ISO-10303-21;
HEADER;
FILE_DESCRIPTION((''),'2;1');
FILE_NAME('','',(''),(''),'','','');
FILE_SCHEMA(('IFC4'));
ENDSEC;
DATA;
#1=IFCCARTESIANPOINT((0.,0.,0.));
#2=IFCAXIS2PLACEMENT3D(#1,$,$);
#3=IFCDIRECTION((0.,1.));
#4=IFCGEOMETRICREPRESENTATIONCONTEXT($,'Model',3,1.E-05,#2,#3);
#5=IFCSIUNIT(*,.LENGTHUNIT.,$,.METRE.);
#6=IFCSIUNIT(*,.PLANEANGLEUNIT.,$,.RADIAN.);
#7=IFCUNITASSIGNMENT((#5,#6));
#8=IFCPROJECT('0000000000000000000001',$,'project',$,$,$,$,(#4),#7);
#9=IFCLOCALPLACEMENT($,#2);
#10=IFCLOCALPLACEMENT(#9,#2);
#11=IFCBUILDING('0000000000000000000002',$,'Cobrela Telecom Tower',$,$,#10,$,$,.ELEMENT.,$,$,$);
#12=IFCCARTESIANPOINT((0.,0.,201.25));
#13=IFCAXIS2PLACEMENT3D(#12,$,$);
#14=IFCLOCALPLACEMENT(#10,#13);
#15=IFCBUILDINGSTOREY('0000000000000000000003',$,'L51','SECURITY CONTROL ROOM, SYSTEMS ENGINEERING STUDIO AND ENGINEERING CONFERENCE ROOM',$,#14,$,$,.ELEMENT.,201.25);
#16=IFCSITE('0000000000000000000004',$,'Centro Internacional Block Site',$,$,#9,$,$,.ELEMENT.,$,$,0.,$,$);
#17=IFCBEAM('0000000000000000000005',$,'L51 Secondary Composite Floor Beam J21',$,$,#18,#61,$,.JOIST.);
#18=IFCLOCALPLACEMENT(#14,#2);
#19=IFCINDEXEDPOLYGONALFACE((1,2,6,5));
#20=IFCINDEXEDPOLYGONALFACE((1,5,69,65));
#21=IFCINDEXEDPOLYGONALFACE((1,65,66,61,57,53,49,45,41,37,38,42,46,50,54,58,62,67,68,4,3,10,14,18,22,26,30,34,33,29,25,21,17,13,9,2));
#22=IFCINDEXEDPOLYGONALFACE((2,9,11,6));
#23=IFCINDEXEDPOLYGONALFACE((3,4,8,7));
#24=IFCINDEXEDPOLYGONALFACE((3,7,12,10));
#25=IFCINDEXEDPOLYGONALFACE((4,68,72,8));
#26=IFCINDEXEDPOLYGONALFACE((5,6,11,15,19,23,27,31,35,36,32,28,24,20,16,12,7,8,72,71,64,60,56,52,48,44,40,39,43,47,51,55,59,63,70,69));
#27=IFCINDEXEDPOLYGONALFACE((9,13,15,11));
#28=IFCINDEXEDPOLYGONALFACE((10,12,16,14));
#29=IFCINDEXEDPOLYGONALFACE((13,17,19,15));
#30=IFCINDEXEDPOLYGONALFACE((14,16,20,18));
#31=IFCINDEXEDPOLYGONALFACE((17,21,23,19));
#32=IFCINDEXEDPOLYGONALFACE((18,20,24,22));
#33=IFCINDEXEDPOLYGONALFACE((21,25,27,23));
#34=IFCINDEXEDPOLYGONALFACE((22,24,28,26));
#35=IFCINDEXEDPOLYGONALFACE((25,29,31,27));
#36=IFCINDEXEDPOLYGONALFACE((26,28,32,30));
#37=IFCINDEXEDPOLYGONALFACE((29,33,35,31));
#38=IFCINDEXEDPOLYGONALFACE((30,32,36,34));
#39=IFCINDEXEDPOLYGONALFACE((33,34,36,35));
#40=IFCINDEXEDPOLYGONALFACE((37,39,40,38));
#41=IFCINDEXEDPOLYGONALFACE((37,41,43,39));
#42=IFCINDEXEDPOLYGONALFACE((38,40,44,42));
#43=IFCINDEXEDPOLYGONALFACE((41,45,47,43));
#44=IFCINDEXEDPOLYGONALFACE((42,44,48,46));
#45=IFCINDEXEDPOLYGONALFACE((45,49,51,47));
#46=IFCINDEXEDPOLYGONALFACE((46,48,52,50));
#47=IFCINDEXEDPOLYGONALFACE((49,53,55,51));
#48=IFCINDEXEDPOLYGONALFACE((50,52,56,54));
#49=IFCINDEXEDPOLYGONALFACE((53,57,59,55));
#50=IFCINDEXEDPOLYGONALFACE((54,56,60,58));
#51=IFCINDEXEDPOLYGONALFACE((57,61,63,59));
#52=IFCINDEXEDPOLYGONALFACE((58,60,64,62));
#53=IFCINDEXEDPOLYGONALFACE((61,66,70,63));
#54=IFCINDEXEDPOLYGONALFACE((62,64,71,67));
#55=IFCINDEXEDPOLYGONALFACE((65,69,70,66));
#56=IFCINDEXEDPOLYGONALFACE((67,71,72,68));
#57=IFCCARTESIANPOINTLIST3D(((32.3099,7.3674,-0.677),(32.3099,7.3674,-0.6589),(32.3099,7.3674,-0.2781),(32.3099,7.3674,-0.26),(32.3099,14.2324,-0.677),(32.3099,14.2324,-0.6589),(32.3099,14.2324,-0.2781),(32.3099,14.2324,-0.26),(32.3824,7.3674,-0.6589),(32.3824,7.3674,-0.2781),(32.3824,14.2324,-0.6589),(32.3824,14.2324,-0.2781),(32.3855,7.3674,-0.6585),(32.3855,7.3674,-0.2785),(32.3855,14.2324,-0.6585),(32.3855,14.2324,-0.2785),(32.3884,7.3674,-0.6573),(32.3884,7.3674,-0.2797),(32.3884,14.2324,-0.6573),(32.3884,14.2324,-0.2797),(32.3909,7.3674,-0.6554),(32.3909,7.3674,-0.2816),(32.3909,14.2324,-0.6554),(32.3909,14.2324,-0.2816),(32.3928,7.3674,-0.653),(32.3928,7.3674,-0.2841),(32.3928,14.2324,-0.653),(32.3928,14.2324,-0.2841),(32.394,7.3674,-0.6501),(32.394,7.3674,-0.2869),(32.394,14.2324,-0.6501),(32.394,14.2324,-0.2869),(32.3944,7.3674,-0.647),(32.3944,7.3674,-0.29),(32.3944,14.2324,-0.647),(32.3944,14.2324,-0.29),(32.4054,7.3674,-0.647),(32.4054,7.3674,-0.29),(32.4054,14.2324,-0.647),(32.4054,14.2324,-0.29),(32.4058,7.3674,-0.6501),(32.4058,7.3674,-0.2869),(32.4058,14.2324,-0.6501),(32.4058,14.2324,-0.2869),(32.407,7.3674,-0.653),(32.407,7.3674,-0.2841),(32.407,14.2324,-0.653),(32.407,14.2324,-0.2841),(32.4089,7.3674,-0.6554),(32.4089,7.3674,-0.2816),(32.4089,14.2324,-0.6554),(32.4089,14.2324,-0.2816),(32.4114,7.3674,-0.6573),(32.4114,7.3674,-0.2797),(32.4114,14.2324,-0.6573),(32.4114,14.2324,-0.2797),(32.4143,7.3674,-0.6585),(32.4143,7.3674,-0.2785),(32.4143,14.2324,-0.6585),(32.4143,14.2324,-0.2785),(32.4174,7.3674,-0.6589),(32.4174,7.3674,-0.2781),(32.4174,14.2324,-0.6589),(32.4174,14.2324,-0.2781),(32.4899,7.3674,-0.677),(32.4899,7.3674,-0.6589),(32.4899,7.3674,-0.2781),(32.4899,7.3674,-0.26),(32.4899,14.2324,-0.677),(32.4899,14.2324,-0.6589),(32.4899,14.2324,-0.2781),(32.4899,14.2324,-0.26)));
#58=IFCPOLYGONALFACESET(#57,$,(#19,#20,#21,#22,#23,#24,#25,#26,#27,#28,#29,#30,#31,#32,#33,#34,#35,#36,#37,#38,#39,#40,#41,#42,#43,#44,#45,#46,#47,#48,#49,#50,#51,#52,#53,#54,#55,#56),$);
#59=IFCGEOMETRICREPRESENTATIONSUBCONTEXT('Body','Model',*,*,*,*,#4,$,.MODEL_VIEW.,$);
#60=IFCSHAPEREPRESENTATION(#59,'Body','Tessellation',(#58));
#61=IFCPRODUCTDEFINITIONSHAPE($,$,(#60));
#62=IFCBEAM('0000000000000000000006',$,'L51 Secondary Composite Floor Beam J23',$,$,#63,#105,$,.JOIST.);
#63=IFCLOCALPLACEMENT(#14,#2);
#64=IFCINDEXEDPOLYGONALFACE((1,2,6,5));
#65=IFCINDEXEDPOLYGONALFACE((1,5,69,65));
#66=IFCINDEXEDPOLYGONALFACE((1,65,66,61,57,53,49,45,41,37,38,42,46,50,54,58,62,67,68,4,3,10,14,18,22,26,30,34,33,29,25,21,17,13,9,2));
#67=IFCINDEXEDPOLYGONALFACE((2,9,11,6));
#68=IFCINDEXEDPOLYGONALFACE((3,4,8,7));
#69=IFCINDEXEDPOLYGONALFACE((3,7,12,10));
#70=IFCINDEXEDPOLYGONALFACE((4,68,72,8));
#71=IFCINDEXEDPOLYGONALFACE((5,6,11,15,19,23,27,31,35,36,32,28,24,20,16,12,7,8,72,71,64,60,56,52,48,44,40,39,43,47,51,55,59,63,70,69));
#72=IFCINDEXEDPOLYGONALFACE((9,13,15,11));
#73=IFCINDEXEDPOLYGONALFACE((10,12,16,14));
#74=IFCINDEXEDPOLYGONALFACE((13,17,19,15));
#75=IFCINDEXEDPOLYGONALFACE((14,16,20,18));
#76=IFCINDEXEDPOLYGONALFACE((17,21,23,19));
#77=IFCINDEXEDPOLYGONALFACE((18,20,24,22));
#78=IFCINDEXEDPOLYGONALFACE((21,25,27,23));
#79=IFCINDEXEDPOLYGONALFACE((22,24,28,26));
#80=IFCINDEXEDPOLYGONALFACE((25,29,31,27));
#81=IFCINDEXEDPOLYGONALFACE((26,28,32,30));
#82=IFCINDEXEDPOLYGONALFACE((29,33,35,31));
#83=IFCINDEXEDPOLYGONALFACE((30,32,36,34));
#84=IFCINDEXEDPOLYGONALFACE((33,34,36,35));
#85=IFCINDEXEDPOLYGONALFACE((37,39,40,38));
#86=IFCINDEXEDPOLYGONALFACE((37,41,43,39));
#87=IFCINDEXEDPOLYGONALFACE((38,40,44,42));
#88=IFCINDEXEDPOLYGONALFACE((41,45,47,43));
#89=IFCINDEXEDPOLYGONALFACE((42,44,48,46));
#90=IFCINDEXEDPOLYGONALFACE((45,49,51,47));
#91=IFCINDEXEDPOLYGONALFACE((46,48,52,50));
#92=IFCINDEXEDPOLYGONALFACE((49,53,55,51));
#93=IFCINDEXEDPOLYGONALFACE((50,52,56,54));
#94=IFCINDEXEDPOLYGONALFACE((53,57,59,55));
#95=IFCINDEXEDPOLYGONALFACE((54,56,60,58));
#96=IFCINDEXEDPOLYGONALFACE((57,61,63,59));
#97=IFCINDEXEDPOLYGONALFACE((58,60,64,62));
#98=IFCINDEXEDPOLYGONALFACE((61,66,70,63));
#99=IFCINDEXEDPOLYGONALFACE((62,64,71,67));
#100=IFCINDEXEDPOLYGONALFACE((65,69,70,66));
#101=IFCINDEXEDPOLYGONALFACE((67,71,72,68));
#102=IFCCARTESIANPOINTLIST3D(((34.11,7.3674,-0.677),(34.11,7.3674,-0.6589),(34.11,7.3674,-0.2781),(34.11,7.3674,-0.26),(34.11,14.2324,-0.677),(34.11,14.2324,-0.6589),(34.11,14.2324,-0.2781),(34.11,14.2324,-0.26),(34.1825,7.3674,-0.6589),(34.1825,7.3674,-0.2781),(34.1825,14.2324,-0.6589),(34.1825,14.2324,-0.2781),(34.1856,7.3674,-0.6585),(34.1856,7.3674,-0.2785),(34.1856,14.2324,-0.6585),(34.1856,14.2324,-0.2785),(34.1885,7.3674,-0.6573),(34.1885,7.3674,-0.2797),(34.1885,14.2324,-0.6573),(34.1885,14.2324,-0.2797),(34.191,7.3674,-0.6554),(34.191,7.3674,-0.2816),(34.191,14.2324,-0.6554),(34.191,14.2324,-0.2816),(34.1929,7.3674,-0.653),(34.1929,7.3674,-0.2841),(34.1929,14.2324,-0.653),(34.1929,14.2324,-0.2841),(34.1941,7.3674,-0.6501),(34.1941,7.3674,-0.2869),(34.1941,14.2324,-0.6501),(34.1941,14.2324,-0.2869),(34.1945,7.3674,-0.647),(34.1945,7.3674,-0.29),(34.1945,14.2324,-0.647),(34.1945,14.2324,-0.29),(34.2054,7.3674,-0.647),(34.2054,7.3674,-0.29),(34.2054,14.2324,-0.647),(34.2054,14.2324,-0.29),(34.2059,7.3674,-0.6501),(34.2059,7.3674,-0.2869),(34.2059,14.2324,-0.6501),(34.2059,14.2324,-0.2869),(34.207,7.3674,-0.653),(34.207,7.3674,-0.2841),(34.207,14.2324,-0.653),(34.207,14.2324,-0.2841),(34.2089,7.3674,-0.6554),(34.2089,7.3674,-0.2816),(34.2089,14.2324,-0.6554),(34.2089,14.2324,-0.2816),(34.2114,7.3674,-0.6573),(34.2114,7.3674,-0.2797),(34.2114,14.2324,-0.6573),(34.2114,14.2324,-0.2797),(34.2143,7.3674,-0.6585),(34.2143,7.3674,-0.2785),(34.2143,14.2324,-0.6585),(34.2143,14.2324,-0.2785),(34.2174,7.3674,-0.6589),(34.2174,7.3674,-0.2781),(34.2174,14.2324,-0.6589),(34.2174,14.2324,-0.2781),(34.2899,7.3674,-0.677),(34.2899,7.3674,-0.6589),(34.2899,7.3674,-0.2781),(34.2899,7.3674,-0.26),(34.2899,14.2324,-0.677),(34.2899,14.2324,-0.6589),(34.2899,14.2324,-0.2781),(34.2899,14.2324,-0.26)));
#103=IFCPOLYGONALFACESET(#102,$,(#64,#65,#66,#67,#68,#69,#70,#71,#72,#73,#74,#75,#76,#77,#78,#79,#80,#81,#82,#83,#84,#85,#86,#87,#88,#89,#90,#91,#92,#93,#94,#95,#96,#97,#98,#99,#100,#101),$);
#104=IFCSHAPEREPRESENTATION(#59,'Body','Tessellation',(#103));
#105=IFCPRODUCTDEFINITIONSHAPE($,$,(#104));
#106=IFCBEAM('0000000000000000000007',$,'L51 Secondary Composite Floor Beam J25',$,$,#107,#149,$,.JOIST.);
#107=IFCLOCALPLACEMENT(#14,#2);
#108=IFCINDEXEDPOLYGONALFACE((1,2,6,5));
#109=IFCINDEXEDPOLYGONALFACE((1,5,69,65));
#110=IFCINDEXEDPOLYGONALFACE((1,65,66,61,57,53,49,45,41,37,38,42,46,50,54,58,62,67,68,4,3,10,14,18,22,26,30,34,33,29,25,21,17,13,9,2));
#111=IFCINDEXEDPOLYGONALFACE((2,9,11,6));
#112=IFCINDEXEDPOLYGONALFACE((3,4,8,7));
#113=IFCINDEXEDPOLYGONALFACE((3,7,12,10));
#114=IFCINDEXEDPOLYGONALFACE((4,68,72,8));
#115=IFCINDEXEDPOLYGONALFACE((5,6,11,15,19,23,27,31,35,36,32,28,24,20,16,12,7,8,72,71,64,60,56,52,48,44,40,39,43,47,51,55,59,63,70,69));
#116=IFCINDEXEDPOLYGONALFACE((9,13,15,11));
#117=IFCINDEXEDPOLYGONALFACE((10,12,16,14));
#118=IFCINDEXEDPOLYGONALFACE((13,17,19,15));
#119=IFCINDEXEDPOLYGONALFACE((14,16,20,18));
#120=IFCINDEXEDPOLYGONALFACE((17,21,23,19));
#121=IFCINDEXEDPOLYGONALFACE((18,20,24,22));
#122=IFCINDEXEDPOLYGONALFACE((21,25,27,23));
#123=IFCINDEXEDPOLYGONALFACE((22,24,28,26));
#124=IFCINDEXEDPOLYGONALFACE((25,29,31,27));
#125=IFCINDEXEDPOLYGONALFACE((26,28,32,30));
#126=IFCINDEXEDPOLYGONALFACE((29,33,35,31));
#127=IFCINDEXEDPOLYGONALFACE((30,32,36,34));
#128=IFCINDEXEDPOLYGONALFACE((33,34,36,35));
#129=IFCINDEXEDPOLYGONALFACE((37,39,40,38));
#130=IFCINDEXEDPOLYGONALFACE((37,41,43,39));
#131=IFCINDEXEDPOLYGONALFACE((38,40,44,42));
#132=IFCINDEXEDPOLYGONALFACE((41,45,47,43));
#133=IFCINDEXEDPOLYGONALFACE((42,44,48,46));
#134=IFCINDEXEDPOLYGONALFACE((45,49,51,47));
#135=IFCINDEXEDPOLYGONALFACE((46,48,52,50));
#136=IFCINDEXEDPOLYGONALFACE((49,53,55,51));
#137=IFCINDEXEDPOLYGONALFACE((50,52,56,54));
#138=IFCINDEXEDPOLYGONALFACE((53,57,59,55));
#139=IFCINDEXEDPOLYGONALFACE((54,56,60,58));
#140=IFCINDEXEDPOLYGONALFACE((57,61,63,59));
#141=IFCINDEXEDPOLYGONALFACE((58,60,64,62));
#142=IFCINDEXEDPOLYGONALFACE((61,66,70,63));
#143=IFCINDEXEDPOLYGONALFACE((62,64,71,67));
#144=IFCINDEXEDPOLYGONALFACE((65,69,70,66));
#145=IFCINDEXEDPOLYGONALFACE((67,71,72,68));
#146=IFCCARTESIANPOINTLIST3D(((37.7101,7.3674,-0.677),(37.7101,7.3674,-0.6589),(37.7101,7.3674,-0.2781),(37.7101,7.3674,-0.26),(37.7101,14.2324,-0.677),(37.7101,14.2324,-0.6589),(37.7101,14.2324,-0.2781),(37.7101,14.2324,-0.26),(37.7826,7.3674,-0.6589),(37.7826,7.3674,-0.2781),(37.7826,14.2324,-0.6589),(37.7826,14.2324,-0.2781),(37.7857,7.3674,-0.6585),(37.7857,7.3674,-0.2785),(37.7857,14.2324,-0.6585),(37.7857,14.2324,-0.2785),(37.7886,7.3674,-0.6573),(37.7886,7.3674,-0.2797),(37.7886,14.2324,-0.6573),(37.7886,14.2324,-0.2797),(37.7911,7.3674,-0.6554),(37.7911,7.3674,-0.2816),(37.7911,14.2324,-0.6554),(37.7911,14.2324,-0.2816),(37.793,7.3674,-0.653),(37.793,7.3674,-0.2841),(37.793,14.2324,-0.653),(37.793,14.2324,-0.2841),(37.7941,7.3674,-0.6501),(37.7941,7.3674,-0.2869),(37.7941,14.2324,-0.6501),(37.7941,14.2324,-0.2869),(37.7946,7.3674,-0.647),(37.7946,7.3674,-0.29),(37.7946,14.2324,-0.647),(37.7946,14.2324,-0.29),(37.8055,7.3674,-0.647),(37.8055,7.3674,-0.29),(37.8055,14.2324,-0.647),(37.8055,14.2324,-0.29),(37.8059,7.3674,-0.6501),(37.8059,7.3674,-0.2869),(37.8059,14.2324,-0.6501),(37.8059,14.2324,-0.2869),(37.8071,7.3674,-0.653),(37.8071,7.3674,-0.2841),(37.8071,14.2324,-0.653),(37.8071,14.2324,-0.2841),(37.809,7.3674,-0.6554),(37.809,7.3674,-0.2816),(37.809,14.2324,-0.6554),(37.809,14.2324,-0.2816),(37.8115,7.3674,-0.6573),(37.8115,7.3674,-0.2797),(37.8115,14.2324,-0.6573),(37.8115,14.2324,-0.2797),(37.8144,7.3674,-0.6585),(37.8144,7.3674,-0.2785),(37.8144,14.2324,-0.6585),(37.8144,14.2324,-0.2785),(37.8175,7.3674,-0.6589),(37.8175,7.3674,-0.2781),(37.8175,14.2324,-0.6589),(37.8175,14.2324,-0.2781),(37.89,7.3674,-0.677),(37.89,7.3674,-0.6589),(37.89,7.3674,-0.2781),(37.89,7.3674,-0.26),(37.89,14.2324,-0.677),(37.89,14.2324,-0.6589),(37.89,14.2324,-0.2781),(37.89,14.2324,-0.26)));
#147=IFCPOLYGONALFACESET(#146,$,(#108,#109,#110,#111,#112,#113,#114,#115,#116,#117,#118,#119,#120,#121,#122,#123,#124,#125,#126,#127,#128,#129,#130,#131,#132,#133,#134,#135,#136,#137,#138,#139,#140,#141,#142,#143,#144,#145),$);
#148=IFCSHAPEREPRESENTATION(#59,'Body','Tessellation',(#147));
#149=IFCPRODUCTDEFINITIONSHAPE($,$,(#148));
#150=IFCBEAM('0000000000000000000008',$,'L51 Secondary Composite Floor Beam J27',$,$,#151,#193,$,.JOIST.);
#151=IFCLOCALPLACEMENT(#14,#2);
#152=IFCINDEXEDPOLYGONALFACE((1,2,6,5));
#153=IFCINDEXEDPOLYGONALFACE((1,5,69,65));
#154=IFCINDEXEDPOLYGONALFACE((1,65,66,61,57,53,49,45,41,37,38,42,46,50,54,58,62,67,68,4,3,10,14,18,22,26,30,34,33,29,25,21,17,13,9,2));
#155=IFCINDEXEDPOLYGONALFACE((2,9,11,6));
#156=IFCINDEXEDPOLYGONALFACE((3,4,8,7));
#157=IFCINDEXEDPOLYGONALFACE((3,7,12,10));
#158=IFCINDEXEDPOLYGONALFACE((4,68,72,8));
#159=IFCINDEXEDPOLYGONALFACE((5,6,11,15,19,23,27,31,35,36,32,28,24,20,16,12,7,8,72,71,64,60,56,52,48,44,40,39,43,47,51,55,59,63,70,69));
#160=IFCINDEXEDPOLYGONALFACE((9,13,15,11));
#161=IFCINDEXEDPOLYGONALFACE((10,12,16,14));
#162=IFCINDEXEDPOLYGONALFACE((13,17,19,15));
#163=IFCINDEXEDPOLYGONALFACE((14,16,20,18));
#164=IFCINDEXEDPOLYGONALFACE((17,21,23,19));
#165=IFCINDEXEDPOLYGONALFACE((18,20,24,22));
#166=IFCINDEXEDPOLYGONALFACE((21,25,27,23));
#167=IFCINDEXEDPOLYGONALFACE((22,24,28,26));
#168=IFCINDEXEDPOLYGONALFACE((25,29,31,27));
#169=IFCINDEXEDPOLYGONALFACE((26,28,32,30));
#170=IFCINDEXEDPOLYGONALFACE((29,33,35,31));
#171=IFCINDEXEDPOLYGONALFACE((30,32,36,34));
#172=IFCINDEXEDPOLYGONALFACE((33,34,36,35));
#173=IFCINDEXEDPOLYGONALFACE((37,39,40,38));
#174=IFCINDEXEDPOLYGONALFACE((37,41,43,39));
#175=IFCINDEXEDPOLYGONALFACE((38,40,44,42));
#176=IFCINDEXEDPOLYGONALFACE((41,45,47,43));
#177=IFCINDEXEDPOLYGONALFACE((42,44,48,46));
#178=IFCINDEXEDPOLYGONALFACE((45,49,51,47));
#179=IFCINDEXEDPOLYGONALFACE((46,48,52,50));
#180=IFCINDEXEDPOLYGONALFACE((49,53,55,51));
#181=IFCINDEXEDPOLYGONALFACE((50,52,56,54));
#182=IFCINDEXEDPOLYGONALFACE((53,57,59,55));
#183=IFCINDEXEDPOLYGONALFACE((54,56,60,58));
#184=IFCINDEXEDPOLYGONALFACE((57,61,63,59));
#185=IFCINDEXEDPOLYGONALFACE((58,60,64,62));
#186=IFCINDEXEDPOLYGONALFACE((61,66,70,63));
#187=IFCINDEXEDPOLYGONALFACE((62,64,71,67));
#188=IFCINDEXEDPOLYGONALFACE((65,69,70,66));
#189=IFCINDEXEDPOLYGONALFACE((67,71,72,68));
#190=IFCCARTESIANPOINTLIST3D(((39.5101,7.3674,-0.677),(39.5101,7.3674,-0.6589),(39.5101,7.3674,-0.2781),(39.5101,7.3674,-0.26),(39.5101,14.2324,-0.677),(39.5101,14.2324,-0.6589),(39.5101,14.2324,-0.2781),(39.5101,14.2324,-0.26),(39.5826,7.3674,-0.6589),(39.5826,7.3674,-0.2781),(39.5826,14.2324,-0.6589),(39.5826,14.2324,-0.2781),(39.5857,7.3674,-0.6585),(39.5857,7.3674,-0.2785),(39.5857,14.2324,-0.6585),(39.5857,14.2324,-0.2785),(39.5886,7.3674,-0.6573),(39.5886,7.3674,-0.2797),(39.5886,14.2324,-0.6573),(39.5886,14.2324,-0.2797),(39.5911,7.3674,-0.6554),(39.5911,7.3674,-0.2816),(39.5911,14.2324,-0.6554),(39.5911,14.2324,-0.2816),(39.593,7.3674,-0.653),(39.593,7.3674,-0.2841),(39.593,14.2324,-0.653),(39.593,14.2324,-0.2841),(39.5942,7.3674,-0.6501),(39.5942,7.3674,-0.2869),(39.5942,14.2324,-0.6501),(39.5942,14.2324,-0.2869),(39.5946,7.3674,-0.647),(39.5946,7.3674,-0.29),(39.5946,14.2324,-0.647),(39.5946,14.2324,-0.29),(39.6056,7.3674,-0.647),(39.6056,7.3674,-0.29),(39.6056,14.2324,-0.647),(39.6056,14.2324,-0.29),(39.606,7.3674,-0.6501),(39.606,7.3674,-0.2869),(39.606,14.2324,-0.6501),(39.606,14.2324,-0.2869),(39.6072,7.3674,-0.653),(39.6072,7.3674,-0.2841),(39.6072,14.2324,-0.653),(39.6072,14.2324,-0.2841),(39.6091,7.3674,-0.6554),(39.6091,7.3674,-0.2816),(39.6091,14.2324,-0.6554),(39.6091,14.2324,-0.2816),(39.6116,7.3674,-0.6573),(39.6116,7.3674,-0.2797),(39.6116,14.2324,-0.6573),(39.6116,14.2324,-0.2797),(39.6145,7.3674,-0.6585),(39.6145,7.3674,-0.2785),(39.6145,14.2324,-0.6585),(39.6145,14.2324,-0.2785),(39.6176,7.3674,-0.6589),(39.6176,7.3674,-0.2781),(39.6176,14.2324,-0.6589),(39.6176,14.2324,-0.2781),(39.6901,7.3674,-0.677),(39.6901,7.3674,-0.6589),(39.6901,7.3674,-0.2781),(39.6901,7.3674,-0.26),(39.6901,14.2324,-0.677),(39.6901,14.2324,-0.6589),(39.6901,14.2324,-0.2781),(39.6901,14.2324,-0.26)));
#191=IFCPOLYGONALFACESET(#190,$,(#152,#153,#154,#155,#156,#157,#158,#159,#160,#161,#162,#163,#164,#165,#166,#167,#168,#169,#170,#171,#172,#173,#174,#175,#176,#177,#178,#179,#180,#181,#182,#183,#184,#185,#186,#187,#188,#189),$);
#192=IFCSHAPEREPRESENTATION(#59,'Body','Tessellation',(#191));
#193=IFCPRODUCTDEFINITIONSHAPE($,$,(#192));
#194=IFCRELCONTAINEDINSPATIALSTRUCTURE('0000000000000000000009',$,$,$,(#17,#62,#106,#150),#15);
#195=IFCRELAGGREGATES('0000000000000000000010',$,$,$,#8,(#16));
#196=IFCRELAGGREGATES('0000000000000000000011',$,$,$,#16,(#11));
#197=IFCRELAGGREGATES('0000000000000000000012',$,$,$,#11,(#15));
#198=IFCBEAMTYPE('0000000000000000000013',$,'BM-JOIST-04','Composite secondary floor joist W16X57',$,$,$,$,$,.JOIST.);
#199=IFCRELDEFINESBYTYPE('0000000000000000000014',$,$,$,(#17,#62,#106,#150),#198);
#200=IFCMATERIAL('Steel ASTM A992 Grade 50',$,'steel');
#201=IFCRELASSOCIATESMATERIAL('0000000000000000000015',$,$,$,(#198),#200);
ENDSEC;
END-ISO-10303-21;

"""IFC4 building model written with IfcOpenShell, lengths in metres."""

from ifc_helpers import new_model, si_unit, direction, frame, origin, origin_2d, place, context, subcontext, project, spatial, i_section, extrude, material, material_profile, profile_set, type_object, element, save


model = new_model("IFC4")

# Units and contexts
model_context = context("Model", 3, precision=1e-05, world=origin(), true_north=direction((0.0, 1.0)))
body_context = subcontext(model_context, "Body", "Model", "MODEL_VIEW")
ifc_project = project(units=[si_unit("LENGTHUNIT", "METRE"), si_unit("PLANEANGLEUNIT", "RADIAN")], contexts=[model_context])

# Site, building, storey
site_placement = place(None, origin())
site = spatial("IfcSite", under=ifc_project, at=site_placement, Name="Centro Internacional Block Site", CompositionType="ELEMENT", RefElevation=0.0)
building_placement = place(site_placement, origin())
building = spatial("IfcBuilding", under=site, at=building_placement, Name="Cobrela Telecom Tower", CompositionType="ELEMENT")
storey_placement = place(building_placement, frame((0.0, 0.0, 201.25)))
storey = spatial("IfcBuildingStorey", under=building, at=storey_placement, Name="L51", Description="SECURITY CONTROL ROOM, SYSTEMS ENGINEERING STUDIO AND ENGINEERING CONFERENCE ROOM", CompositionType="ELEMENT", Elevation=201.25)

# Shared definitions
ifc_material_1 = material(Name="Steel ASTM A992 Grade 50", Category="steel")

# Beams
ifc_material_profile_1 = material_profile(ifc_material_1, i_section(OverallWidth=0.1799, OverallDepth=0.417, WebThickness=0.011, FlangeThickness=0.0181, FilletRadius=0.012, at=origin_2d()), Name="W16X57")
ifc_profile_set_1 = profile_set([ifc_material_profile_1], Name="Steel ASTM A992 Grade 50")
beam_type_1 = type_object("IfcBeamType", Name="BM-JOIST-04", Description="Composite secondary floor joist W16X57", PredefinedType="JOIST", material=ifc_profile_set_1)
for number, where, z_axis, x_axis, name in (
    (1, (32.3999, 7.3674, -0.4685), (0.0, 1.0, 0.0), (-1.0, 0.0, 0.0), "L51 Secondary Composite Floor Beam J21"),
    (2, (34.2, 7.3674, -0.4685), (0.0, 1.0, 0.0), (-1.0, 0.0, 0.0), "L51 Secondary Composite Floor Beam J23"),
    (3, (37.8, 7.3674, -0.4685), (0.0, 1.0, 0.0), (-1.0, 0.0, 0.0), "L51 Secondary Composite Floor Beam J25"),
    (4, (39.6001, 7.3674, -0.4685), (0.0, 1.0, 0.0), (-1.0, 0.0, 0.0), "L51 Secondary Composite Floor Beam J27"),
):
    element("IfcBeam", number, at=place(storey_placement, frame(where, z_axis=z_axis, x_axis=x_axis)), inside=storey, type_object=beam_type_1, Name=name, PredefinedType="JOIST", context=body_context, shape_type="SweptSolid", body=[
        extrude(i_section(OverallWidth=0.1799, OverallDepth=0.417, WebThickness=0.011, FlangeThickness=0.0181, FilletRadius=0.012, at=origin_2d()), origin(), (0.0, 0.0, 1.0), 6.865),
    ])

save(model, "model.ifc")
